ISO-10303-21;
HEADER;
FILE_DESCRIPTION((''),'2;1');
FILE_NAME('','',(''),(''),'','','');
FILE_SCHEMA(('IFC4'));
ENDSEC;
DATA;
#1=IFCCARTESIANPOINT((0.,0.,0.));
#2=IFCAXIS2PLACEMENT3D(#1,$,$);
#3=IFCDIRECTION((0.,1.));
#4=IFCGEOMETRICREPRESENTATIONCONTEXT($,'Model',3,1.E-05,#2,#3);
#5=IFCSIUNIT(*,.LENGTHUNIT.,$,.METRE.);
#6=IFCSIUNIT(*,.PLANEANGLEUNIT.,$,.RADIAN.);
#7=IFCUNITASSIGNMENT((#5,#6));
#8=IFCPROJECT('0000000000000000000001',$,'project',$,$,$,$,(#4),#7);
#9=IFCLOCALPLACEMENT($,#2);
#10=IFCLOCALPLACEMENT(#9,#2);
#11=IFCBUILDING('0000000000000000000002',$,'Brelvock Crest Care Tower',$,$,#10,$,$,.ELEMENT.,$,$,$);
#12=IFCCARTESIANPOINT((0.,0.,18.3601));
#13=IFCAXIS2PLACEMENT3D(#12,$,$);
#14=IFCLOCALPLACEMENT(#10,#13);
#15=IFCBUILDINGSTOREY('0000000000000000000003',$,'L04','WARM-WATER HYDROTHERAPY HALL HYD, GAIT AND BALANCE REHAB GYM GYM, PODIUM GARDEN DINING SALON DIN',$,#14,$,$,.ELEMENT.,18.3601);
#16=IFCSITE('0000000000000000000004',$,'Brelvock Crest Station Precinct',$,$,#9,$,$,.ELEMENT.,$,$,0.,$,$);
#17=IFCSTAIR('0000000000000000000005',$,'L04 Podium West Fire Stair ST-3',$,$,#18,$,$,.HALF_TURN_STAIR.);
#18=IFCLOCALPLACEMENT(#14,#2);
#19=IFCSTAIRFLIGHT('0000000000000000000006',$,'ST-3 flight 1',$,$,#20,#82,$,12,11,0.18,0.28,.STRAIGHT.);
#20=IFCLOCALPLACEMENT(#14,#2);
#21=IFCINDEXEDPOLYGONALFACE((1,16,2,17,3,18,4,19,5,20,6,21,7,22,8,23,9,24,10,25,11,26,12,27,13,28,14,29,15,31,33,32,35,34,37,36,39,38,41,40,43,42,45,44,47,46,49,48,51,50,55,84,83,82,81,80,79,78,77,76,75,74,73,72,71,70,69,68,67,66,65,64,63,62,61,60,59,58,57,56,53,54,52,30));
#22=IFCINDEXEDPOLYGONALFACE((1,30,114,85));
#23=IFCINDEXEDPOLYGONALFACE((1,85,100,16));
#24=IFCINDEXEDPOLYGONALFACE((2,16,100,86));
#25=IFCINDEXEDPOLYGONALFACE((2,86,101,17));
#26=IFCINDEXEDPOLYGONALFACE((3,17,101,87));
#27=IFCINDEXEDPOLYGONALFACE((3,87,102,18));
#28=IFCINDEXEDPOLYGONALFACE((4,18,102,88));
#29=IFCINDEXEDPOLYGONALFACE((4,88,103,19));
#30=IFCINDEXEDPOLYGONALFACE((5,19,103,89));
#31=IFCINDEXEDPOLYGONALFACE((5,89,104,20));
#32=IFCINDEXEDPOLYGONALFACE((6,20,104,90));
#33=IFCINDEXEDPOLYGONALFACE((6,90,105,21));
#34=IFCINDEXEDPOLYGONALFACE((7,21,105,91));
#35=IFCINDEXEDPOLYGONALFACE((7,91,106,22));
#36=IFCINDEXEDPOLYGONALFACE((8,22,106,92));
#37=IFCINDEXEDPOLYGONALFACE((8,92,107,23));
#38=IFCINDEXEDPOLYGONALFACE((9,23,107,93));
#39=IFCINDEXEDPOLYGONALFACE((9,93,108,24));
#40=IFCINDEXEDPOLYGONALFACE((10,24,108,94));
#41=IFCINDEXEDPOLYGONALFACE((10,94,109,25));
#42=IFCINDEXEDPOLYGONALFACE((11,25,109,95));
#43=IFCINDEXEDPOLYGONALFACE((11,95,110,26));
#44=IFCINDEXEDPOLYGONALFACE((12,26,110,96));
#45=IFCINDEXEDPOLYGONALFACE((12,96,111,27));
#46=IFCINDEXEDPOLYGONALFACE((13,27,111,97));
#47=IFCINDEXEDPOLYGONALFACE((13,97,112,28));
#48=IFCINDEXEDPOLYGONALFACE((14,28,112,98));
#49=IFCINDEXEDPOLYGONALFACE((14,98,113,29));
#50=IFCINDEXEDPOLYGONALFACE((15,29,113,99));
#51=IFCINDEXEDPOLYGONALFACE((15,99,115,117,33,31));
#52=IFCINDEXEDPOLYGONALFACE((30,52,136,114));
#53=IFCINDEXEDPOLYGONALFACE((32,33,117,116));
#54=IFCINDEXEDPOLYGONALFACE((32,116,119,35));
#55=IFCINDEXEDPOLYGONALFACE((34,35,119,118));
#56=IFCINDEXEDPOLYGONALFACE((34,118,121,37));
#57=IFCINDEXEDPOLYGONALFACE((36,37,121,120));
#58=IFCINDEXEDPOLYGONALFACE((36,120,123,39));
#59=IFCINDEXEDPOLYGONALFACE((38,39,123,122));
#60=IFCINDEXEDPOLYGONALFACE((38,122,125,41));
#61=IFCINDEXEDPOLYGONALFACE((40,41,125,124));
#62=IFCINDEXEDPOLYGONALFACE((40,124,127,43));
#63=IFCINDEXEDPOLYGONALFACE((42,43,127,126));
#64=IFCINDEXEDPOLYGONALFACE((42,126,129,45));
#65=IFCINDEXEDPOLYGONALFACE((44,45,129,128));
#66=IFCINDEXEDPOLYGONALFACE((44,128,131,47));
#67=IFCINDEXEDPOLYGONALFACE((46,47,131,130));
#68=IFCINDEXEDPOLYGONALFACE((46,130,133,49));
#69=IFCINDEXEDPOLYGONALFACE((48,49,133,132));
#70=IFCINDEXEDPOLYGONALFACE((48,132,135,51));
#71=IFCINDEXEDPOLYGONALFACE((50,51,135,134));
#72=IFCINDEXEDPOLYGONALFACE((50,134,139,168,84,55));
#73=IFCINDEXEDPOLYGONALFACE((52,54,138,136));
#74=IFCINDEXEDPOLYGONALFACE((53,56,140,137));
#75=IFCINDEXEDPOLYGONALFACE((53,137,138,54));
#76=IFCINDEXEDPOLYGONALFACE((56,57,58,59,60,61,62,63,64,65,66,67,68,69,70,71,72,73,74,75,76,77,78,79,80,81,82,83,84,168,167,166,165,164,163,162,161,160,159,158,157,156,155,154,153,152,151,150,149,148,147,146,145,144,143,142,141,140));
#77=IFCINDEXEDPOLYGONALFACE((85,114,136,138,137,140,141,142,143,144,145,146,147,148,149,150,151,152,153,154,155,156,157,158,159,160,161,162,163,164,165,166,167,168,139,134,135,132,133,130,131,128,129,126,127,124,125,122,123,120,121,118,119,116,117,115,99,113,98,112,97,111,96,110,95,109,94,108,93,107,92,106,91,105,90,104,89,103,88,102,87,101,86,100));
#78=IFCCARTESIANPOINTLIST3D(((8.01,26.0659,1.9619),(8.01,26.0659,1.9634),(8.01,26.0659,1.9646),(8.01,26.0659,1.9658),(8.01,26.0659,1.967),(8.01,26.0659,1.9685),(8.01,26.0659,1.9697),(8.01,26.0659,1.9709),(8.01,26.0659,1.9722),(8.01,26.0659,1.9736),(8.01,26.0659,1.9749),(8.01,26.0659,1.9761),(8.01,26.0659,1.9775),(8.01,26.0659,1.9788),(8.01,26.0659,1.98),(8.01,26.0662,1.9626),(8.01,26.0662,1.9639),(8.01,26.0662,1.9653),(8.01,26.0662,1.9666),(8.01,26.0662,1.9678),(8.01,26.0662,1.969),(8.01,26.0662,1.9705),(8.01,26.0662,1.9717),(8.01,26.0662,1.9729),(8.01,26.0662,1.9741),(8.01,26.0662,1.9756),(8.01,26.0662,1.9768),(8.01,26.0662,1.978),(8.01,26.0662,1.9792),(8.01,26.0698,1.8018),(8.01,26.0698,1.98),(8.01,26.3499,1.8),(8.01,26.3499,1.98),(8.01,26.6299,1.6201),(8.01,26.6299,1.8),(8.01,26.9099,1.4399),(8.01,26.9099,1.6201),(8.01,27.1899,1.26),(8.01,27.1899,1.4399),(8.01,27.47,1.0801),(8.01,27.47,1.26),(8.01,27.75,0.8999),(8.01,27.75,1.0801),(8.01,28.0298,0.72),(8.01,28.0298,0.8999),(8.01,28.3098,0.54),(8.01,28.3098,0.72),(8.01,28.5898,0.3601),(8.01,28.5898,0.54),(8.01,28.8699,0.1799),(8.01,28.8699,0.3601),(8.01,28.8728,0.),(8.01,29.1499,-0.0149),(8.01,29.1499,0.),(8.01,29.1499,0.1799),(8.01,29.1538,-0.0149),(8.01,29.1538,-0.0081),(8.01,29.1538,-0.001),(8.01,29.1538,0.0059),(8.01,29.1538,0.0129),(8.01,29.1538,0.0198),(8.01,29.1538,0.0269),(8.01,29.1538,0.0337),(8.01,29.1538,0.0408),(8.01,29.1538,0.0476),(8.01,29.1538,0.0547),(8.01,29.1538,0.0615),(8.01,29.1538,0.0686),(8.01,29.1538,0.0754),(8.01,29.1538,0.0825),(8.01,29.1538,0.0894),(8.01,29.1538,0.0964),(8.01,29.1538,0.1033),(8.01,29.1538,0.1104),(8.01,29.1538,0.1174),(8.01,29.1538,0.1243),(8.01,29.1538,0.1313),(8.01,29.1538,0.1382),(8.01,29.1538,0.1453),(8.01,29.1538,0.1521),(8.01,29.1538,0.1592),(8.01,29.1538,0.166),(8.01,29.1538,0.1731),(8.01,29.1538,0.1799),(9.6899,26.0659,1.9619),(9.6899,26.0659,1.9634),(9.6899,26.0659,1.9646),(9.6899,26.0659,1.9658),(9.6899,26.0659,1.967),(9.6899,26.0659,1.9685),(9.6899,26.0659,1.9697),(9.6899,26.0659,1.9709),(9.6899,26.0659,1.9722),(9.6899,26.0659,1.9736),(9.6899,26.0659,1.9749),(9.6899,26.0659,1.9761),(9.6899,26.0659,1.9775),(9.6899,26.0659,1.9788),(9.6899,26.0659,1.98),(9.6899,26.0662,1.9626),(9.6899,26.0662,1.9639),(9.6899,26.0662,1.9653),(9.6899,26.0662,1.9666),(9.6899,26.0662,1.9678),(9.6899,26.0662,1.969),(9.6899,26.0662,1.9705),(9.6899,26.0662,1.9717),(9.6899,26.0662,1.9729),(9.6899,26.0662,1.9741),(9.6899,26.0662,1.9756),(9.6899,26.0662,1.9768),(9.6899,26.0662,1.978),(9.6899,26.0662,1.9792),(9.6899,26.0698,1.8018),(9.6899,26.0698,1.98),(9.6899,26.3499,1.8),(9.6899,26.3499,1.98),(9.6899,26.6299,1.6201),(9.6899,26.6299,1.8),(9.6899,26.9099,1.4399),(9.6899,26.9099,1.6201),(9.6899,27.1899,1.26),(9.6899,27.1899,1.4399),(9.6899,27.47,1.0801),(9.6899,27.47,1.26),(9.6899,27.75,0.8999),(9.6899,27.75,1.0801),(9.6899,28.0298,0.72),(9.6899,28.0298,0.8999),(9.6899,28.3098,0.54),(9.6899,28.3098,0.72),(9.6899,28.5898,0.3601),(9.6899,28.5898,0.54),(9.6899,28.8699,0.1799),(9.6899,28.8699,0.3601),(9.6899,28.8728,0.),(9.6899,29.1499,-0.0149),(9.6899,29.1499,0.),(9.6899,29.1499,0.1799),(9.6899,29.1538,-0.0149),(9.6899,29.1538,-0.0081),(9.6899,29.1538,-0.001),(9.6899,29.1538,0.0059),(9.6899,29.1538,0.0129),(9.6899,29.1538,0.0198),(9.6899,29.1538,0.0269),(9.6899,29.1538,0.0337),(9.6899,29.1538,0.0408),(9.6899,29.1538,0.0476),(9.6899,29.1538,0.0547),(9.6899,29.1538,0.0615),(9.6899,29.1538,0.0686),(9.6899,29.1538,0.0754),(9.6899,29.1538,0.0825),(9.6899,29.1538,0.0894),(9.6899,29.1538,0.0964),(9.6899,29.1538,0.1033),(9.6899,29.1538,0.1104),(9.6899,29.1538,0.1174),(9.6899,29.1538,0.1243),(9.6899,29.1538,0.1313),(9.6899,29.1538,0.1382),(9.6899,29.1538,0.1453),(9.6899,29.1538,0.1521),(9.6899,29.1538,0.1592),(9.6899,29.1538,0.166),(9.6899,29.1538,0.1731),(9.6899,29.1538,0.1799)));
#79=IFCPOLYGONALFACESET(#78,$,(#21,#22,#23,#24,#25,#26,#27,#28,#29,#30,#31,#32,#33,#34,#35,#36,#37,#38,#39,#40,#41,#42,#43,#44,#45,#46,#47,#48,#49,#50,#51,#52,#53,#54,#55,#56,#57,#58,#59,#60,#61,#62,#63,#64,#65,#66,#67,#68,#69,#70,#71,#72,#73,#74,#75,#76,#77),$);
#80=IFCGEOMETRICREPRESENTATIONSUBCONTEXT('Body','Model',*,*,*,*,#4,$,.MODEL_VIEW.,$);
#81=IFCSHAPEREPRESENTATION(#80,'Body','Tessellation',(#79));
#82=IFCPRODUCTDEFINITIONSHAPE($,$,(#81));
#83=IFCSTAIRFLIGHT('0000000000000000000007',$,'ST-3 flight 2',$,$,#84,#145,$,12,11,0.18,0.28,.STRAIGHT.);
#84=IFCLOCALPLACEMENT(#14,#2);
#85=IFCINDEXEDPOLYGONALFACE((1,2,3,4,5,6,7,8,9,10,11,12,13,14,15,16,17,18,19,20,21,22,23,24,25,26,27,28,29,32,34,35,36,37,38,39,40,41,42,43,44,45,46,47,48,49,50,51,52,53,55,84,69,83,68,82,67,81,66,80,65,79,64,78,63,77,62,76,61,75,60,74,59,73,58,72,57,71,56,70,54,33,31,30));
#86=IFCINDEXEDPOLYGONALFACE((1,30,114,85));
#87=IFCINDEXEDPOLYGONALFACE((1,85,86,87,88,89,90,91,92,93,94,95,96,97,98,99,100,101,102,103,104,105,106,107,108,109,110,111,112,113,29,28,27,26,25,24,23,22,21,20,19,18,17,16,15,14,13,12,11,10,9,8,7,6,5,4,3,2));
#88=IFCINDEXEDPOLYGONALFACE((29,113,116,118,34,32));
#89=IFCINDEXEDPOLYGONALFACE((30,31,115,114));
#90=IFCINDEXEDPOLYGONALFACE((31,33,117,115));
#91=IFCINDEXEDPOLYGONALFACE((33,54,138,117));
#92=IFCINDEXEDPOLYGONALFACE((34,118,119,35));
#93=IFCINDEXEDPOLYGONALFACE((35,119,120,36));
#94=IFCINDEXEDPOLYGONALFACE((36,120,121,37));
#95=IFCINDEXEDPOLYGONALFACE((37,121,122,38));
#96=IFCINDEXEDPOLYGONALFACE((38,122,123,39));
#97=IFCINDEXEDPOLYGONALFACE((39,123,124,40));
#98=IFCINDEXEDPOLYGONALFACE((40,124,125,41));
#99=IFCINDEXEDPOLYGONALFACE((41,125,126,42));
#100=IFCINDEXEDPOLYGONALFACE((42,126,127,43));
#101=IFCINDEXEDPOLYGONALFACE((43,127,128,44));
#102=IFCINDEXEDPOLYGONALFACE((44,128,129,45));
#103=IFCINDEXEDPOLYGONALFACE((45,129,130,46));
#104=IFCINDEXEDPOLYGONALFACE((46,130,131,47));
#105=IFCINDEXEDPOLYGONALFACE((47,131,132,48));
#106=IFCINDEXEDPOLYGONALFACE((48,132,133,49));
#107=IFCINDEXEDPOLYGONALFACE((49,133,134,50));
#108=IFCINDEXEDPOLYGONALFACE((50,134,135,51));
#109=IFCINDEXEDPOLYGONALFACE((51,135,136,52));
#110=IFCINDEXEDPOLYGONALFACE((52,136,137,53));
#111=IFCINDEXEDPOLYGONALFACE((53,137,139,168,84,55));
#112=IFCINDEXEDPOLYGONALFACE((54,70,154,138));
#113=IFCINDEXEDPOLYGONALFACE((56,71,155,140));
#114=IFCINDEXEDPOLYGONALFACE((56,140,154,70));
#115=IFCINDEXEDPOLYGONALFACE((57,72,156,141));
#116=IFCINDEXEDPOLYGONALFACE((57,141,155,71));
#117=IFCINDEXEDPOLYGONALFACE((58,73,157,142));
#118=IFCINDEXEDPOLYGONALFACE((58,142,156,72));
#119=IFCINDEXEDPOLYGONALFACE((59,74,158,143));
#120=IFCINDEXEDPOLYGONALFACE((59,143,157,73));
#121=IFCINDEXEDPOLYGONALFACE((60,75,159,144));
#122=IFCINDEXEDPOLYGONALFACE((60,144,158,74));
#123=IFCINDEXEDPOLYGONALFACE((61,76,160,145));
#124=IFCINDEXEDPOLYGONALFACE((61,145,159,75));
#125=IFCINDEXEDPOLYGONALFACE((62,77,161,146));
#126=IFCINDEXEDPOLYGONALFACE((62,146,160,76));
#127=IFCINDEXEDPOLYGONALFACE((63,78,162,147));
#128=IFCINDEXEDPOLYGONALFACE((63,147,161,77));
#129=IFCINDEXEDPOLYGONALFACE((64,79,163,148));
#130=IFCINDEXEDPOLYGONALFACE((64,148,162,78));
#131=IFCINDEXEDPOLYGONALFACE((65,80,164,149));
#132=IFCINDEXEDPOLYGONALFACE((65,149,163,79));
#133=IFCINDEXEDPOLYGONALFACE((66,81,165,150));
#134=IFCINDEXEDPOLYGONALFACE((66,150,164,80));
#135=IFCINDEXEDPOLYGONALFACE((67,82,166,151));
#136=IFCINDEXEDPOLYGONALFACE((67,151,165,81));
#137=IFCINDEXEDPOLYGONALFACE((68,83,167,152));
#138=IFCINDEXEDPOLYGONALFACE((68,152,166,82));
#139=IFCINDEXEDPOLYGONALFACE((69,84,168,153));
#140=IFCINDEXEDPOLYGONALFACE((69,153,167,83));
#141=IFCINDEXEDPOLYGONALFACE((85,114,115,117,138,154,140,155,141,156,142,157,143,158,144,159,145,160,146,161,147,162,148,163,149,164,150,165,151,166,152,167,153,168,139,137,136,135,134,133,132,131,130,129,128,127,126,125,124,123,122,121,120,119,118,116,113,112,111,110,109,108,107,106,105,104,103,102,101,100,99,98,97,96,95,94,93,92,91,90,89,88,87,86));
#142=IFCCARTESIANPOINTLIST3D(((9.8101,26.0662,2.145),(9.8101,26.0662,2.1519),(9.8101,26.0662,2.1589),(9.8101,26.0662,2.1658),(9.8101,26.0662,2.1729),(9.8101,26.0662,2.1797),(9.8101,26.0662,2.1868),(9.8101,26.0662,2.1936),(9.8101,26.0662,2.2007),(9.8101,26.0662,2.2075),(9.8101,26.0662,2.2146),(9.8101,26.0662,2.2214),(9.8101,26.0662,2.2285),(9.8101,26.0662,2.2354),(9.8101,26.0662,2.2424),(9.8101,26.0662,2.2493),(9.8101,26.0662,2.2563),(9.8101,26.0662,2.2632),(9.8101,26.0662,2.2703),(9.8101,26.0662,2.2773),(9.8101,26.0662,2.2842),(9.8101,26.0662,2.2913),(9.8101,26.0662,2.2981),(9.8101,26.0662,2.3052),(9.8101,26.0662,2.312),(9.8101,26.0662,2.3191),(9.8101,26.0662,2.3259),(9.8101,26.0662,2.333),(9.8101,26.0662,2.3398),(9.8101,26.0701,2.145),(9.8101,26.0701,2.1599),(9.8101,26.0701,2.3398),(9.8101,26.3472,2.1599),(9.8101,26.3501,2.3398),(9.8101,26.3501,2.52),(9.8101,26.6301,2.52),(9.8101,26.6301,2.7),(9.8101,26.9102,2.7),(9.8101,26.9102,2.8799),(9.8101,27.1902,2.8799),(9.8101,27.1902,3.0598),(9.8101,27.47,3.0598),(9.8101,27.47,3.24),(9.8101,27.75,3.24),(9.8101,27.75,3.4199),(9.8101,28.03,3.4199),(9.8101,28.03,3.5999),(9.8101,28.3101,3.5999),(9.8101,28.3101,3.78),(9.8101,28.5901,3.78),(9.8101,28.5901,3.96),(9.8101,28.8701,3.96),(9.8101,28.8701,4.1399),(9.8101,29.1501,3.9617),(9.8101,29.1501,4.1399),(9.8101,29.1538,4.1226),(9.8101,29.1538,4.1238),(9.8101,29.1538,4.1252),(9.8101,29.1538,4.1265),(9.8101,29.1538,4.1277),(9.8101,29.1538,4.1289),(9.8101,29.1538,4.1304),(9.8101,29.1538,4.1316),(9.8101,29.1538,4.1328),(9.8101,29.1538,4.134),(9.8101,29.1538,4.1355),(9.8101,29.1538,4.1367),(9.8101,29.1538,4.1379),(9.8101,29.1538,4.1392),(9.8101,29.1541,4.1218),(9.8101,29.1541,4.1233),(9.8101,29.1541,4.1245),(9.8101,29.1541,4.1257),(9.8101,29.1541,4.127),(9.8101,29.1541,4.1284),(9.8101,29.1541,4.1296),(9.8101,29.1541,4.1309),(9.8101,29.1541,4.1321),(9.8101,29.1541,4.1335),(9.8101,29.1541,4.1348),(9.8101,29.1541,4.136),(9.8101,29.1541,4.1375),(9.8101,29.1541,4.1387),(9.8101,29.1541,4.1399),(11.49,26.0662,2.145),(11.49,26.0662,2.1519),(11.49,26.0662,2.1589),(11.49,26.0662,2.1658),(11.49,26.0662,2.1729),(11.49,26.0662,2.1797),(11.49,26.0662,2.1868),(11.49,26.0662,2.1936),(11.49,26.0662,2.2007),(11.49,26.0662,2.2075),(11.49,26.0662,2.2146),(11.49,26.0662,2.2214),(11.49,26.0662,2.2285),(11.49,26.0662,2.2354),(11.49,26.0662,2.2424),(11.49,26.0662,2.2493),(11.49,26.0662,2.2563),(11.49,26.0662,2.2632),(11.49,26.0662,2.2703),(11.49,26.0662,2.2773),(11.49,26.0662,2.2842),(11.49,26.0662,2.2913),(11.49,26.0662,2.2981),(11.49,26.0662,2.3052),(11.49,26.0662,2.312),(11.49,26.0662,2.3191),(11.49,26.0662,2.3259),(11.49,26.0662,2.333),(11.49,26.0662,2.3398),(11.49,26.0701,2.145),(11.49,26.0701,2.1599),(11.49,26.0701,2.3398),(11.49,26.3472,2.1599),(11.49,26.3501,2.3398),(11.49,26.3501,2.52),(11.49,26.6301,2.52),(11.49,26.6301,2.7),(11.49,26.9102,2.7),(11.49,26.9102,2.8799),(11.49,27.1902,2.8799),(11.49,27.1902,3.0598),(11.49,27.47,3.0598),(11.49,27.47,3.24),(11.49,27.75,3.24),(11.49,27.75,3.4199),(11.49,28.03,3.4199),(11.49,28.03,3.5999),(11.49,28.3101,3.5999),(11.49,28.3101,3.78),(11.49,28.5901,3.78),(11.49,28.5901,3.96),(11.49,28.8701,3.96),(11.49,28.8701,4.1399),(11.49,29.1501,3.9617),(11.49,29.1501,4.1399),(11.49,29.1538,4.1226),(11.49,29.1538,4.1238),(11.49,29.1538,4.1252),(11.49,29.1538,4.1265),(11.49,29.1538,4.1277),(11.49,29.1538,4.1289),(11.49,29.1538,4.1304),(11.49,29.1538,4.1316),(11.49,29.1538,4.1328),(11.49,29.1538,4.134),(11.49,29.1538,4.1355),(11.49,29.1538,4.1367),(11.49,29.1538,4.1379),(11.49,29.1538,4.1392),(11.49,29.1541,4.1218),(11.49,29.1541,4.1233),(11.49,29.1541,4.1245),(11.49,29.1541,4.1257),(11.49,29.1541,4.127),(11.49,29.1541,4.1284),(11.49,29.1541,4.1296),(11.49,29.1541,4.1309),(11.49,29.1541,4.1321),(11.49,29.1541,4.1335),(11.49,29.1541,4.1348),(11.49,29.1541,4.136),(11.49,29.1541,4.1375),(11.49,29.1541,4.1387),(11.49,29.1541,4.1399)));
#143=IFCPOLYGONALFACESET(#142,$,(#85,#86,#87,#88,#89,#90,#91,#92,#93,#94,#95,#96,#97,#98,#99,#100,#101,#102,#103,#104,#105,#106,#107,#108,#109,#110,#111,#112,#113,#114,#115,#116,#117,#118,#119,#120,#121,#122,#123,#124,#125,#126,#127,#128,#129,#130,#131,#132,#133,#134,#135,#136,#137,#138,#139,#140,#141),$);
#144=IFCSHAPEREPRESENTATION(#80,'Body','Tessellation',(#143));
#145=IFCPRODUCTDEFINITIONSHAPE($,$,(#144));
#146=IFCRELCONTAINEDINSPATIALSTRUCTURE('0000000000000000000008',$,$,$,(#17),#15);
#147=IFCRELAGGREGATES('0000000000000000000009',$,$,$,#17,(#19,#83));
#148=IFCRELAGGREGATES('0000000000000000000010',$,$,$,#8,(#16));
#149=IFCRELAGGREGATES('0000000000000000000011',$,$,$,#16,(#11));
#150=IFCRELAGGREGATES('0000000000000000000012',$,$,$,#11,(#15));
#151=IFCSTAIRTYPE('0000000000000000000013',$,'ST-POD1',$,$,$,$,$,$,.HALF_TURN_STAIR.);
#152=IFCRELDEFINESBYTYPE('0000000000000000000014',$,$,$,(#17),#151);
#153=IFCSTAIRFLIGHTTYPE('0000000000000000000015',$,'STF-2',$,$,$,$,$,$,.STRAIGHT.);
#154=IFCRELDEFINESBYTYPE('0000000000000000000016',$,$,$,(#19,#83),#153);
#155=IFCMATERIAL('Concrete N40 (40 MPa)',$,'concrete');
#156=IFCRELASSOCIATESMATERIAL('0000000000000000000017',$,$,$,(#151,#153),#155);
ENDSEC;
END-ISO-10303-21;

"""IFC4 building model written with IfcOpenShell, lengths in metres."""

from ifc_helpers import new_model, si_unit, direction, frame, origin, place, context, subcontext, project, spatial, polyline, outline, extrude, material, type_object, element, aggregate, save


model = new_model("IFC4")

# Units and contexts
model_context = context("Model", 3, precision=1e-05, world=origin(), true_north=direction((0.0, 1.0)))
body_context = subcontext(model_context, "Body", "Model", "MODEL_VIEW")
ifc_project = project(units=[si_unit("LENGTHUNIT", "METRE"), si_unit("PLANEANGLEUNIT", "RADIAN")], contexts=[model_context])

# Site, building, storey
site_placement = place(None, origin())
site = spatial("IfcSite", under=ifc_project, at=site_placement, Name="Brelvock Crest Station Precinct", CompositionType="ELEMENT", RefElevation=0.0)
building_placement = place(site_placement, origin())
building = spatial("IfcBuilding", under=site, at=building_placement, Name="Brelvock Crest Care Tower", CompositionType="ELEMENT")
storey_placement = place(building_placement, frame((0.0, 0.0, 18.3601)))
storey = spatial("IfcBuildingStorey", under=building, at=storey_placement, Name="L04", Description="WARM-WATER HYDROTHERAPY HALL HYD, GAIT AND BALANCE REHAB GYM GYM, PODIUM GARDEN DINING SALON DIN", CompositionType="ELEMENT", Elevation=18.3601)

# Stair, stair flights
ifc_material_1 = material(Name="Concrete N40 (40 MPa)", Category="concrete")
stair_type = type_object("IfcStairType", Name="ST-POD1", PredefinedType="HALF_TURN_STAIR", material=ifc_material_1)
stair_placement = place(storey_placement, origin())
stair = element("IfcStair", 1, at=stair_placement, inside=storey, type_object=stair_type, Name="L04 Podium West Fire Stair ST-3", PredefinedType="HALF_TURN_STAIR")
stair_flight_type = type_object("IfcStairFlightType", Name="STF-2", PredefinedType="STRAIGHT", material=ifc_material_1)
stair_flight_1_placement = place(storey_placement, frame((8.8501, 29.1499, 0.0), z_axis=(0.0, 0.0, 1.0), x_axis=(0.0, -1.0, 0.0)))
stair_flight_1 = element("IfcStairFlight", 2, at=stair_flight_1_placement, type_object=stair_flight_type, Name="ST-3 flight 1", NumberOfRisers=12, NumberOfTreads=11, PredefinedType="STRAIGHT", RiserHeight=0.18, TreadLength=0.28, context=body_context, shape_type="SweptSolid", body=[
    extrude(outline(polyline([(-0.0039, -0.0149), (-0.0039, -0.0081), (-0.0039, -0.001), (-0.0039, 0.0059), (-0.0039, 0.0129), (-0.0039, 0.0198), (-0.0039, 0.0269), (-0.0039, 0.0337), (-0.0039, 0.0408), (-0.0039, 0.0476), (-0.0039, 0.0547), (-0.0039, 0.0615), (-0.0039, 0.0686), (-0.0039, 0.0754), (-0.0039, 0.0825), (-0.0039, 0.0894), (-0.0039, 0.0964), (-0.0039, 0.1033), (-0.0039, 0.1104), (-0.0039, 0.1174), (-0.0039, 0.1243), (-0.0039, 0.1313), (-0.0039, 0.1382), (-0.0039, 0.1453), (-0.0039, 0.1521), (-0.0039, 0.1592), (-0.0039, 0.166), (-0.0039, 0.1731), (-0.0039, 0.1799), (0.0, 0.1799), (0.28, 0.1799), (0.28, 0.3601), (0.5601, 0.3601), (0.5601, 0.54), (0.8401, 0.54), (0.8401, 0.72), (1.1201, 0.72), (1.1201, 0.8999), (1.3999, 0.8999), (1.3999, 1.0801), (1.6799, 1.0801), (1.6799, 1.26), (1.96, 1.26), (1.96, 1.4399), (2.24, 1.4399), (2.24, 1.6201), (2.52, 1.6201), (2.52, 1.8), (2.8, 1.8), (2.8, 1.98), (3.0801, 1.98), (3.084, 1.98), (3.0837, 1.9792), (3.084, 1.9788), (3.0837, 1.978), (3.084, 1.9775), (3.0837, 1.9768), (3.084, 1.9761), (3.0837, 1.9756), (3.084, 1.9749), (3.0837, 1.9741), (3.084, 1.9736), (3.0837, 1.9729), (3.084, 1.9722), (3.0837, 1.9717), (3.084, 1.9709), (3.0837, 1.9705), (3.084, 1.9697), (3.0837, 1.969), (3.084, 1.9685), (3.0837, 1.9678), (3.084, 1.967), (3.0837, 1.9666), (3.084, 1.9658), (3.0837, 1.9653), (3.084, 1.9646), (3.0837, 1.9639), (3.084, 1.9634), (3.0837, 1.9626), (3.084, 1.9619), (3.0801, 1.8018), (0.2771, 0.0), (0.0, 0.0), (0.0, -0.0149), (-0.0039, -0.0149)])), frame((0.0, 0.8398, 0.0), z_axis=(0.0, -1.0, 0.0), x_axis=(1.0, 0.0, 0.0)), (0.0, 0.0, 1.0), 1.6799),
])
stair_flight_2_placement = place(storey_placement, frame((10.6499, 26.0701, 2.1599), z_axis=(0.0, 0.0, 1.0), x_axis=(0.0, 1.0, 0.0)))
stair_flight_2 = element("IfcStairFlight", 3, at=stair_flight_2_placement, type_object=stair_flight_type, Name="ST-3 flight 2", NumberOfRisers=12, NumberOfTreads=11, PredefinedType="STRAIGHT", RiserHeight=0.18, TreadLength=0.28, context=body_context, shape_type="SweptSolid", body=[
    extrude(outline(polyline([(-0.0039, -0.0149), (-0.0039, -0.0081), (-0.0039, -0.001), (-0.0039, 0.0059), (-0.0039, 0.0129), (-0.0039, 0.0198), (-0.0039, 0.0269), (-0.0039, 0.0337), (-0.0039, 0.0408), (-0.0039, 0.0476), (-0.0039, 0.0547), (-0.0039, 0.0615), (-0.0039, 0.0686), (-0.0039, 0.0754), (-0.0039, 0.0825), (-0.0039, 0.0894), (-0.0039, 0.0964), (-0.0039, 0.1033), (-0.0039, 0.1104), (-0.0039, 0.1174), (-0.0039, 0.1243), (-0.0039, 0.1313), (-0.0039, 0.1382), (-0.0039, 0.1453), (-0.0039, 0.1521), (-0.0039, 0.1592), (-0.0039, 0.166), (-0.0039, 0.1731), (-0.0039, 0.1799), (0.0, 0.1799), (0.28, 0.1799), (0.28, 0.3601), (0.5601, 0.3601), (0.5601, 0.54), (0.8401, 0.54), (0.8401, 0.72), (1.1201, 0.72), (1.1201, 0.8999), (1.3999, 0.8999), (1.3999, 1.0801), (1.6799, 1.0801), (1.6799, 1.26), (1.96, 1.26), (1.96, 1.4399), (2.24, 1.4399), (2.24, 1.6201), (2.52, 1.6201), (2.52, 1.8), (2.8, 1.8), (2.8, 1.98), (3.0801, 1.98), (3.084, 1.98), (3.0837, 1.9792), (3.084, 1.9788), (3.0837, 1.978), (3.084, 1.9775), (3.0837, 1.9768), (3.084, 1.9761), (3.0837, 1.9756), (3.084, 1.9749), (3.0837, 1.9741), (3.084, 1.9736), (3.0837, 1.9729), (3.084, 1.9722), (3.0837, 1.9717), (3.084, 1.9709), (3.0837, 1.9705), (3.084, 1.9697), (3.0837, 1.969), (3.084, 1.9685), (3.0837, 1.9678), (3.084, 1.967), (3.0837, 1.9666), (3.084, 1.9658), (3.0837, 1.9653), (3.084, 1.9646), (3.0837, 1.9639), (3.084, 1.9634), (3.0837, 1.9626), (3.084, 1.9619), (3.0801, 1.8018), (0.2771, 0.0), (0.0, 0.0), (0.0, -0.0149), (-0.0039, -0.0149)])), frame((0.0, 0.8398, 0.0), z_axis=(0.0, -1.0, 0.0), x_axis=(1.0, 0.0, 0.0)), (0.0, 0.0, 1.0), 1.6799),
])
aggregate(stair, [stair_flight_1, stair_flight_2])

save(model, "model.ifc")
